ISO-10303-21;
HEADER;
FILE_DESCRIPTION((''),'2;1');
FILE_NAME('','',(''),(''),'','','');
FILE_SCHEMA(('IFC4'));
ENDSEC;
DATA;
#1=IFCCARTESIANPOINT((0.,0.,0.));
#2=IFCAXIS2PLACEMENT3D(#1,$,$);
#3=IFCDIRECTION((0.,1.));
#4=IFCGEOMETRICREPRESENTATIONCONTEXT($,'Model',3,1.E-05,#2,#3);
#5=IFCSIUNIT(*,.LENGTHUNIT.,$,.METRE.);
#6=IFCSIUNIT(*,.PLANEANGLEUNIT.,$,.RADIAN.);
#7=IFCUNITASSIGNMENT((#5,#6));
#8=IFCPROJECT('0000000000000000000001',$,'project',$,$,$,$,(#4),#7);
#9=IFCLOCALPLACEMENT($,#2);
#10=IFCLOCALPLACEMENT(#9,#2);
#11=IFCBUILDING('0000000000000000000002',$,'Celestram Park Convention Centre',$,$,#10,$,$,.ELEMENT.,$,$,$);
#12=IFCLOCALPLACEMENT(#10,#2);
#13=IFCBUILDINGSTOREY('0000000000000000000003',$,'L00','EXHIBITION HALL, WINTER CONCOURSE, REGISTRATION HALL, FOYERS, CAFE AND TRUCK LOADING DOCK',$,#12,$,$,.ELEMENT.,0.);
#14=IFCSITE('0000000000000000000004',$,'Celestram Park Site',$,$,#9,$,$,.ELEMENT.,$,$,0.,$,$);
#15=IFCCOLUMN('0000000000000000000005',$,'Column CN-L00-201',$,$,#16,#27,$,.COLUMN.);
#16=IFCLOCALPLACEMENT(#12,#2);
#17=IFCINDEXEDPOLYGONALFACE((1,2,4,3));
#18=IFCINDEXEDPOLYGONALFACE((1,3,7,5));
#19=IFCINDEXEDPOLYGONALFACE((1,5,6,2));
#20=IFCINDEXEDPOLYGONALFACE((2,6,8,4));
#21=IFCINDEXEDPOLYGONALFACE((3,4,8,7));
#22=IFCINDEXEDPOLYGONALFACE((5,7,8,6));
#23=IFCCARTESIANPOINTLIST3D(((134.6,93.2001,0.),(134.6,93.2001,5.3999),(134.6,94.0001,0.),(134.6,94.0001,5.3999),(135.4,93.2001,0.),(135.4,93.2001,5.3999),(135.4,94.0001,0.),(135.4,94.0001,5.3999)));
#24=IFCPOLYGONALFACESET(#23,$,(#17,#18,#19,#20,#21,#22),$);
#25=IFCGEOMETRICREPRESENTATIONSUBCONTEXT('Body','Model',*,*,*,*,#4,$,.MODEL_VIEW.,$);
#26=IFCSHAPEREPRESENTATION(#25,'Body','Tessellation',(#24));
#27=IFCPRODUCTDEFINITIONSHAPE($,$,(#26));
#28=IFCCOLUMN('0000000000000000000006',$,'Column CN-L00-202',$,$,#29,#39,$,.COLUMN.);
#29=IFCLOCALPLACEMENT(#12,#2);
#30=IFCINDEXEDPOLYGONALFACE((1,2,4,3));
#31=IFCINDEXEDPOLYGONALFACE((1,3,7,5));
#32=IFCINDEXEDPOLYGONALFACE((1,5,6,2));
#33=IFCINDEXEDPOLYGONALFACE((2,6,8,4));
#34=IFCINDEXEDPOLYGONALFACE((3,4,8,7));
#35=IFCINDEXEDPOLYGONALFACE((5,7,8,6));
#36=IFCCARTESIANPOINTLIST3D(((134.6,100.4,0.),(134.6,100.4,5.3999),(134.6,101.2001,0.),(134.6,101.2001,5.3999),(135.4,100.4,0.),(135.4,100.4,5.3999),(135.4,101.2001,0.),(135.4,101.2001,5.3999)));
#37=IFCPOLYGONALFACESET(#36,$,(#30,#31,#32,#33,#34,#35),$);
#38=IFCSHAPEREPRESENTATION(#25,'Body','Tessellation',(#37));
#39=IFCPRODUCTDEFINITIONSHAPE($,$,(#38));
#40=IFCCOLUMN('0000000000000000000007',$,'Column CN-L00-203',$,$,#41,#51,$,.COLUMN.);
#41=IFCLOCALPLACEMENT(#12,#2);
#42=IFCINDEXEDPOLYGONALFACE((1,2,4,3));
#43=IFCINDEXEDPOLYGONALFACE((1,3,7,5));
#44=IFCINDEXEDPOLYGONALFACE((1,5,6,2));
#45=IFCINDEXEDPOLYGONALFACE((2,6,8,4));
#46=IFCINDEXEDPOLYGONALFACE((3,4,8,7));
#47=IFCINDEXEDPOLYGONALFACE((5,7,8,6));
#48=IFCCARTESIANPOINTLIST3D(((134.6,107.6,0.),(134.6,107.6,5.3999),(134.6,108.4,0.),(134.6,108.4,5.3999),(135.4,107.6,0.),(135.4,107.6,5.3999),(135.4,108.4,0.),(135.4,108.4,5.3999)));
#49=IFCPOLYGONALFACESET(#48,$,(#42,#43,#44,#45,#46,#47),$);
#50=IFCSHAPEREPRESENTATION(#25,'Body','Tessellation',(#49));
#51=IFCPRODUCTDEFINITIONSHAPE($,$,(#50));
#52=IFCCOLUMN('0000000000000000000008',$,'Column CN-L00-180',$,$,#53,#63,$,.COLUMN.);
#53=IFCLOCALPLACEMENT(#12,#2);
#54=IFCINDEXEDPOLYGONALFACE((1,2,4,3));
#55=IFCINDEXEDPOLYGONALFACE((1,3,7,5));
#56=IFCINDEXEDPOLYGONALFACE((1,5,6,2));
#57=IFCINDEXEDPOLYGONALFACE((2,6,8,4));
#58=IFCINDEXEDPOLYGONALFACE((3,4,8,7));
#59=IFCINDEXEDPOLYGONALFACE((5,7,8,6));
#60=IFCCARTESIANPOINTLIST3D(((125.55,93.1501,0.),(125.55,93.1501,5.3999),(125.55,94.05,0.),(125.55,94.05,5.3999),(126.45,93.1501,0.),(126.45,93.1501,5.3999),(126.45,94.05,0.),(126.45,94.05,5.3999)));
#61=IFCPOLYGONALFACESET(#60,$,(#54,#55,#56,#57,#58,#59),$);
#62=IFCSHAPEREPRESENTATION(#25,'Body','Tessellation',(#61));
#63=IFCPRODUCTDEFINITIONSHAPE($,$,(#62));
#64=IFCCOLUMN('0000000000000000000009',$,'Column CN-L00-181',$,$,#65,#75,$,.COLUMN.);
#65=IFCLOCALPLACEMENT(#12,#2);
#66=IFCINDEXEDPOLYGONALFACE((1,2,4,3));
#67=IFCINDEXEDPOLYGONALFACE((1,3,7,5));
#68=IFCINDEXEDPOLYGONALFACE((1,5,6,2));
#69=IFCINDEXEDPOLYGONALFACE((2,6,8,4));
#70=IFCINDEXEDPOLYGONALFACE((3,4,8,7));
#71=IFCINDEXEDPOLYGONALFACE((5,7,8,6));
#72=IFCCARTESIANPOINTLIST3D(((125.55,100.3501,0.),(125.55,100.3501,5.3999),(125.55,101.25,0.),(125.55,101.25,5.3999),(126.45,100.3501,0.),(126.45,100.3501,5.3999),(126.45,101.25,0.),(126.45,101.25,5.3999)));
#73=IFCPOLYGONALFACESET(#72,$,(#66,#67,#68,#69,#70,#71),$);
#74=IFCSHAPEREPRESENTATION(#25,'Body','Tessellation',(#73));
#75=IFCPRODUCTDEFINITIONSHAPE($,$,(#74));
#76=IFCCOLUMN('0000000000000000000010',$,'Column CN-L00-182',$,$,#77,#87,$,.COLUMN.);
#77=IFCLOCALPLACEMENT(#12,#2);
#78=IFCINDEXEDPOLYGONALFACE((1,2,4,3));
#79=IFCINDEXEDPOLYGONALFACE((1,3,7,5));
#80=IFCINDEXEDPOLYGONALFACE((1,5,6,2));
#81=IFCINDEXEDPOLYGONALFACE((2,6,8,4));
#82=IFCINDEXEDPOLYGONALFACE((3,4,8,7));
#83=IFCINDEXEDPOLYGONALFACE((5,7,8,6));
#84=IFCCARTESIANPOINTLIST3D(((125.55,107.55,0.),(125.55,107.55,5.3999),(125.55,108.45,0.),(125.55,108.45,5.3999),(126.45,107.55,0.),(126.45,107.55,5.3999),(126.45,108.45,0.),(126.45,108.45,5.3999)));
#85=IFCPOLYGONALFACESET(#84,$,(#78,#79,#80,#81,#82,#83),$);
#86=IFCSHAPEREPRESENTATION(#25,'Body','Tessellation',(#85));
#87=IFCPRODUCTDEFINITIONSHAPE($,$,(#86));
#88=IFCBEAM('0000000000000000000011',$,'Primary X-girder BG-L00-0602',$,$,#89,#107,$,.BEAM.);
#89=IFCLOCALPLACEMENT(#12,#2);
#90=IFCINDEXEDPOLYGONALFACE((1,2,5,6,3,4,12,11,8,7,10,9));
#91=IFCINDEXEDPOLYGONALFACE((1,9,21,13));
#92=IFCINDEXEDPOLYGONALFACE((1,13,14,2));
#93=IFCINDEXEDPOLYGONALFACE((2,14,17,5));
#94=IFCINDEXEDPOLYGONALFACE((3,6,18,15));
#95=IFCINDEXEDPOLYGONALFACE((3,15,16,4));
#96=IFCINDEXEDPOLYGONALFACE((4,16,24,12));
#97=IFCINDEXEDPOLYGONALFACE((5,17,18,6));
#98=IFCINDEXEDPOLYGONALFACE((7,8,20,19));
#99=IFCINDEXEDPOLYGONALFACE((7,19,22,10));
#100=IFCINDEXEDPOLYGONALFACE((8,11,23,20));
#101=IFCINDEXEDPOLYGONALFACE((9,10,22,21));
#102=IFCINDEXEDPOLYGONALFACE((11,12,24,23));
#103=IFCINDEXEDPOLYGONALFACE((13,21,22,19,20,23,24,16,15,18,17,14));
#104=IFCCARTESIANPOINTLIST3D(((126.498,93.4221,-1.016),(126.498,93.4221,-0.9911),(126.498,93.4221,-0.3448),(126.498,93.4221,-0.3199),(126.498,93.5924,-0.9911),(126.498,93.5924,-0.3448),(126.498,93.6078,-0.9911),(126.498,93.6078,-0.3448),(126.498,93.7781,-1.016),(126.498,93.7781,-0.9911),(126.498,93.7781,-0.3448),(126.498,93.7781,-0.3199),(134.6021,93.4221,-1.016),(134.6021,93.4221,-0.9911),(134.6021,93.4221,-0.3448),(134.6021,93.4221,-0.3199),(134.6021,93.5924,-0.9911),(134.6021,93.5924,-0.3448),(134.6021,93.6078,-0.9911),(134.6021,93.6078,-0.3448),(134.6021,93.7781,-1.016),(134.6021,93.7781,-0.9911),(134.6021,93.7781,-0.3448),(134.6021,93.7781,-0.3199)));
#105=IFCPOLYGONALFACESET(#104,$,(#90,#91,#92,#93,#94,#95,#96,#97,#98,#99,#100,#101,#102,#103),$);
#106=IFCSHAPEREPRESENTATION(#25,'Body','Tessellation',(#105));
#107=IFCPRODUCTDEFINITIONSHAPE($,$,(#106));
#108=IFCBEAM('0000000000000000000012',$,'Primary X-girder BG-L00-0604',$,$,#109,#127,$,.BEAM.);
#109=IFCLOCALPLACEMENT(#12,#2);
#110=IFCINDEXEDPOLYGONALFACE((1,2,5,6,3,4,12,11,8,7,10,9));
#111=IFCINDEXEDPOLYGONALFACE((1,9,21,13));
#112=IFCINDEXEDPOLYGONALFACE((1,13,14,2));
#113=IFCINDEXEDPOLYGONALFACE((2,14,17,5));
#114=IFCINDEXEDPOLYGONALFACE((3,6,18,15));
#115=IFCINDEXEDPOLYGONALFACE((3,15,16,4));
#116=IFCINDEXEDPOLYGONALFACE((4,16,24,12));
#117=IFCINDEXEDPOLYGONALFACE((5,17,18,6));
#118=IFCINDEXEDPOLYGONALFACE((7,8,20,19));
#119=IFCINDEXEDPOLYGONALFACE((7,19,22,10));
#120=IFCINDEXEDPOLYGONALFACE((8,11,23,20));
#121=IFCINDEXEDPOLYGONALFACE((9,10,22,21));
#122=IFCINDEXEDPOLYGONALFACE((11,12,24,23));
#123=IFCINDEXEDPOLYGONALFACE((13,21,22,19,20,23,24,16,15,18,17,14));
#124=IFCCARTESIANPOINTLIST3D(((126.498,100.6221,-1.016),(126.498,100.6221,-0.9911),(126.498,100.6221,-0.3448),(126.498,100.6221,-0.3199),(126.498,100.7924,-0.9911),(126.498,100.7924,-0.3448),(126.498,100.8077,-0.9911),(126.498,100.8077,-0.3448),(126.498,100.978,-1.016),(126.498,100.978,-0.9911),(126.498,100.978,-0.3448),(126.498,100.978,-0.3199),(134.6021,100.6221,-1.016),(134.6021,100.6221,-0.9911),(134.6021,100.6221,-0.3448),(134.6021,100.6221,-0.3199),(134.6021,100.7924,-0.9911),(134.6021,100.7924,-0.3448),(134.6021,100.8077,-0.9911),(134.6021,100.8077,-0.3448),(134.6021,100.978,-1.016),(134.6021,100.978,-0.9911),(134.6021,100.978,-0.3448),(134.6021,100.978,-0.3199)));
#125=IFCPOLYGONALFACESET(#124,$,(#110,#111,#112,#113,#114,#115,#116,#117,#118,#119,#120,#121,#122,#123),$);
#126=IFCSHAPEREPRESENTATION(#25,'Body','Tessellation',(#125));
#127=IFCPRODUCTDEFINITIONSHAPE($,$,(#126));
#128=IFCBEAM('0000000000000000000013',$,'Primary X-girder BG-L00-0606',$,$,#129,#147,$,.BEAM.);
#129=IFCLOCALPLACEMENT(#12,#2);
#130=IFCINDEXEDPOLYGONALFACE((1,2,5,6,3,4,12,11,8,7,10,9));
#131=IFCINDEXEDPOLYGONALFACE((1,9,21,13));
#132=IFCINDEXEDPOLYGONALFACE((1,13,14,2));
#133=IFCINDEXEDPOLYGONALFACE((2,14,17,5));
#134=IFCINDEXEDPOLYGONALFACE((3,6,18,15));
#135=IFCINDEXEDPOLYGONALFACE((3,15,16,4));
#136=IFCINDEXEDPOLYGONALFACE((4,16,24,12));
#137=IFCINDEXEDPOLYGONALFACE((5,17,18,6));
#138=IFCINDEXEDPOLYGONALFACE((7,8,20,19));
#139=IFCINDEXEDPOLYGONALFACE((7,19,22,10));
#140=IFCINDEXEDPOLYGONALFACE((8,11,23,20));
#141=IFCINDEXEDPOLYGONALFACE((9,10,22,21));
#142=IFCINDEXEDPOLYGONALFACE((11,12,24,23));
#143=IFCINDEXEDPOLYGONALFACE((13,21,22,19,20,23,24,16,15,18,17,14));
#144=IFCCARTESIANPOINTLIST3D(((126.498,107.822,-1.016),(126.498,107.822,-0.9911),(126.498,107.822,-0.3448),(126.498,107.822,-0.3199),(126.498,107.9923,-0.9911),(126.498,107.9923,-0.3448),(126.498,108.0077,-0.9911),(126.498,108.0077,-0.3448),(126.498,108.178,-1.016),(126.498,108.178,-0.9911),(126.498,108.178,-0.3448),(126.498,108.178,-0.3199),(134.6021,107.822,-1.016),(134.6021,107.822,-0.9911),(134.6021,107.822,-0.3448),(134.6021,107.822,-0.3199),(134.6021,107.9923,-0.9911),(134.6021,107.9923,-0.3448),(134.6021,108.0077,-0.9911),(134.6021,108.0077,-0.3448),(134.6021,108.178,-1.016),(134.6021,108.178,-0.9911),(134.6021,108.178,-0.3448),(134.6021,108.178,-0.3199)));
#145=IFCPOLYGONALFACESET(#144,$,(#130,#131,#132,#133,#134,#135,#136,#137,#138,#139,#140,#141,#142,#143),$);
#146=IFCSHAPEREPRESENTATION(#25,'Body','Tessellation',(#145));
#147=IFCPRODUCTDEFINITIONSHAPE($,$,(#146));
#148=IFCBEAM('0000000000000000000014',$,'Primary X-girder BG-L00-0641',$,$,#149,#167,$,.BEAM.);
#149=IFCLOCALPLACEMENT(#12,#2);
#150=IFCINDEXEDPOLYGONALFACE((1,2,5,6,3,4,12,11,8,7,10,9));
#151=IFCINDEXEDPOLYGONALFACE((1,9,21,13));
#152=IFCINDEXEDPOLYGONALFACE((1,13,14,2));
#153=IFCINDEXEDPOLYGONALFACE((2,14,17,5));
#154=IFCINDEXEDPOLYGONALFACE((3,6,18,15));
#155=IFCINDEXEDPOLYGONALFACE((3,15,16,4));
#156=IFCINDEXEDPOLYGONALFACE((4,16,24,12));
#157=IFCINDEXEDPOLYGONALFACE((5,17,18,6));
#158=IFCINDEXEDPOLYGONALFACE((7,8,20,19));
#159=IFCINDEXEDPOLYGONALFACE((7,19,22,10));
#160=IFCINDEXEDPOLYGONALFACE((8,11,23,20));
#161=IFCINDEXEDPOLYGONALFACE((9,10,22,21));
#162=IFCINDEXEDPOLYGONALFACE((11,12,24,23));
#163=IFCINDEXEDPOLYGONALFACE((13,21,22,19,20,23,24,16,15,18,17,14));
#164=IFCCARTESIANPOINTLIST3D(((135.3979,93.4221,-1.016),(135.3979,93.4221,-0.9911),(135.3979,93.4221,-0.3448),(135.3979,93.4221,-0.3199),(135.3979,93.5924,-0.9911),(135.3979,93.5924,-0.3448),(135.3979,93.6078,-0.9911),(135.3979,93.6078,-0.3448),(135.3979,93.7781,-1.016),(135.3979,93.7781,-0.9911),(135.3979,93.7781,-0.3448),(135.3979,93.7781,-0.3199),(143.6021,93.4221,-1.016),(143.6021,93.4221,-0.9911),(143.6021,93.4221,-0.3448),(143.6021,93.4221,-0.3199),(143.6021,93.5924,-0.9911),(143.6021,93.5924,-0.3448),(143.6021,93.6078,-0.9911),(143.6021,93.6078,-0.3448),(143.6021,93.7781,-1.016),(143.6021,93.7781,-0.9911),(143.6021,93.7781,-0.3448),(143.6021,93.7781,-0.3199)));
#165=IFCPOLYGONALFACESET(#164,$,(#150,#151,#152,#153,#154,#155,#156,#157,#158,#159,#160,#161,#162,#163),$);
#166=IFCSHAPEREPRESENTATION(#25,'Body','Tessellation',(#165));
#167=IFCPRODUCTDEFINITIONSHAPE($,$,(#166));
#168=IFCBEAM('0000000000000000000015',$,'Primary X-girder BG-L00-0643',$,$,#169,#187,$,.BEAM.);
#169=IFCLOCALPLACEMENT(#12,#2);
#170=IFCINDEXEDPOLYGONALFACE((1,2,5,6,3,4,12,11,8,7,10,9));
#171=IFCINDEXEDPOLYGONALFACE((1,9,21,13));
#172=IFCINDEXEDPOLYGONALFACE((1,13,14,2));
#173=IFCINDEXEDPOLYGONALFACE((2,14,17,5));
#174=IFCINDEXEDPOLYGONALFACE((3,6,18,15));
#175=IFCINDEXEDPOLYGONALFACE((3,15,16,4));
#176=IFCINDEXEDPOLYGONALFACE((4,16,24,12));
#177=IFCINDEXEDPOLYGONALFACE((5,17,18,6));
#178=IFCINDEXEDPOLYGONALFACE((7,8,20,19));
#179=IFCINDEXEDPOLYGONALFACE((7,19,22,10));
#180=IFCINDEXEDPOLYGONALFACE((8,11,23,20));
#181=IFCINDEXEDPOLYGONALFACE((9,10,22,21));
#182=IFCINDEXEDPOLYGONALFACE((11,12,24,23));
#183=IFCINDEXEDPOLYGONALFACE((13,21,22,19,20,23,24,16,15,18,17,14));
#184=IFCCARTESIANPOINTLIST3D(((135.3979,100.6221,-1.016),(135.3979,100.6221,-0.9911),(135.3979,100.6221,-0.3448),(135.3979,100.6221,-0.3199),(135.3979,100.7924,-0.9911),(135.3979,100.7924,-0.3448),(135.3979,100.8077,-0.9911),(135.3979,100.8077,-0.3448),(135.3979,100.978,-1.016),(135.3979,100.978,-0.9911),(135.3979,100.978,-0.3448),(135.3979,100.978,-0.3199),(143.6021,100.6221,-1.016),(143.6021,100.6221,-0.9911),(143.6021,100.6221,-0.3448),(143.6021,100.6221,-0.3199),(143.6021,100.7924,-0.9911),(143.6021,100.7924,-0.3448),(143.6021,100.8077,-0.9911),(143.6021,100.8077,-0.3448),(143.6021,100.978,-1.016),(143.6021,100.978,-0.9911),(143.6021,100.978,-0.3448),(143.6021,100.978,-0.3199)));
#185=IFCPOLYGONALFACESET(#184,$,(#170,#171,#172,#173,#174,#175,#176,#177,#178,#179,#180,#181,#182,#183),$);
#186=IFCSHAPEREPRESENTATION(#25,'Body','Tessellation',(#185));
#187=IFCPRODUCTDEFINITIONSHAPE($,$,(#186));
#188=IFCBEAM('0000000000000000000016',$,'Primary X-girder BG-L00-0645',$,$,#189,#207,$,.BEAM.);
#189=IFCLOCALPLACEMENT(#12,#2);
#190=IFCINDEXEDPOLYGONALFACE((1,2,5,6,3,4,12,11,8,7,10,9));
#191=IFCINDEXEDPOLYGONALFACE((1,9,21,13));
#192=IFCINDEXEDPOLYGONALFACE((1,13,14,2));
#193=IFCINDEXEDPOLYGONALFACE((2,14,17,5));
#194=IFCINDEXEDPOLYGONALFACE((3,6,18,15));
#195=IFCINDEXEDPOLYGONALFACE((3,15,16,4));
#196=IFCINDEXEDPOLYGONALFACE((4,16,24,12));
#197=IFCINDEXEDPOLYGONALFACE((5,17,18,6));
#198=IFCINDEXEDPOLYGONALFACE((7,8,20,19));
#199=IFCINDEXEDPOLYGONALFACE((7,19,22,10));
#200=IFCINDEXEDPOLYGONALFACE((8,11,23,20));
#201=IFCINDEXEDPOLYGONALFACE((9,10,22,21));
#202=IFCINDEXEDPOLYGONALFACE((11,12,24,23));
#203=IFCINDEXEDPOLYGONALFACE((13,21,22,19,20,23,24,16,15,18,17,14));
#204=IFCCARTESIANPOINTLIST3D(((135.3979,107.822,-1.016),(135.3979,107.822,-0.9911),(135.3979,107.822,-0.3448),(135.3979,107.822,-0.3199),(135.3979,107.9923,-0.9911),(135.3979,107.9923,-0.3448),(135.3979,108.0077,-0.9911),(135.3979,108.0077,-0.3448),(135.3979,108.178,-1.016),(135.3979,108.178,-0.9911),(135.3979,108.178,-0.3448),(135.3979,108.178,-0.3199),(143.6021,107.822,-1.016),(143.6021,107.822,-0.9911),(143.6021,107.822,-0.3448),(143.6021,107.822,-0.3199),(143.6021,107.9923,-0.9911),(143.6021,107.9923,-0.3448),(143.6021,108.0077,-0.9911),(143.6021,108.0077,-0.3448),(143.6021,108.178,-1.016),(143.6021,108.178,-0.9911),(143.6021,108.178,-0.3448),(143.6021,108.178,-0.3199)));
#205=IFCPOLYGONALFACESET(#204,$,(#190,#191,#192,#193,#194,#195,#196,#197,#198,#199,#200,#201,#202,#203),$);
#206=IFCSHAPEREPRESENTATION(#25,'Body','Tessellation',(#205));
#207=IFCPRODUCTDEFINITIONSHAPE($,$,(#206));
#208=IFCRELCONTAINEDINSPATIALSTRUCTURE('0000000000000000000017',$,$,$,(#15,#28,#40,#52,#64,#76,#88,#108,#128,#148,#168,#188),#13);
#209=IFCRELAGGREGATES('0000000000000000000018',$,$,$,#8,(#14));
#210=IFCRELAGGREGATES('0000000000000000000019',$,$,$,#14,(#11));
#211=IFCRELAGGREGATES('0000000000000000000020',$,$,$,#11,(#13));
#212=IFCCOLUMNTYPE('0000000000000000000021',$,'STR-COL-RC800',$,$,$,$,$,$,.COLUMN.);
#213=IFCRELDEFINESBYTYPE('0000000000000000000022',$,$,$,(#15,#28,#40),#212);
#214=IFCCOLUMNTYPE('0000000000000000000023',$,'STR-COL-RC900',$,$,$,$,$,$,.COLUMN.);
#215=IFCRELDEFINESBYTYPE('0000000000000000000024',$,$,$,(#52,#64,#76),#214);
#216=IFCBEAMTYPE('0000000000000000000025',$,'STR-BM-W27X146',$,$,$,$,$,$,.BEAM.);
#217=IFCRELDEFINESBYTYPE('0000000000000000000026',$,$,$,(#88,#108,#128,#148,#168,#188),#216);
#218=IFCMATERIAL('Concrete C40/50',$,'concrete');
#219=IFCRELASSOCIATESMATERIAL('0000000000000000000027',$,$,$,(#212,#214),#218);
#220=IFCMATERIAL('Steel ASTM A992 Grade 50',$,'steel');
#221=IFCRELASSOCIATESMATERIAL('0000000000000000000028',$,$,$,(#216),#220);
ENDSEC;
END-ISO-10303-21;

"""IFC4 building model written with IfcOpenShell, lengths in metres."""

from ifc_helpers import new_model, si_unit, direction, frame, origin, origin_2d, place, context, subcontext, project, spatial, rectangle, i_section, extrude, material, material_profile, profile_set, type_object, element, save


model = new_model("IFC4")

# Units and contexts
model_context = context("Model", 3, precision=1e-05, world=origin(), true_north=direction((0.0, 1.0)))
body_context = subcontext(model_context, "Body", "Model", "MODEL_VIEW")
ifc_project = project(units=[si_unit("LENGTHUNIT", "METRE"), si_unit("PLANEANGLEUNIT", "RADIAN")], contexts=[model_context])

# Site, building, storey
site_placement = place(None, origin())
site = spatial("IfcSite", under=ifc_project, at=site_placement, Name="Celestram Park Site", CompositionType="ELEMENT", RefElevation=0.0)
building_placement = place(site_placement, origin())
building = spatial("IfcBuilding", under=site, at=building_placement, Name="Celestram Park Convention Centre", CompositionType="ELEMENT")
storey_placement = place(building_placement, origin())
storey = spatial("IfcBuildingStorey", under=building, at=storey_placement, Name="L00", Description="EXHIBITION HALL, WINTER CONCOURSE, REGISTRATION HALL, FOYERS, CAFE AND TRUCK LOADING DOCK", CompositionType="ELEMENT", Elevation=0.0)

# Columns
ifc_material_1 = material(Name="Concrete C40/50", Category="concrete")
ifc_material_profile_1 = material_profile(ifc_material_1, rectangle(XDim=0.8, YDim=0.8, at=origin_2d()), Name="RC800X800")
ifc_profile_set_1 = profile_set([ifc_material_profile_1], Name="Concrete C40/50")
column_type_1 = type_object("IfcColumnType", Name="STR-COL-RC800", PredefinedType="COLUMN", material=ifc_profile_set_1)
for number, where, z_axis, x_axis, name in (
    (1, (135.0, 93.6001, 0.0), (0.0, 0.0, 1.0), (1.0, 0.0, 0.0), "Column CN-L00-201"),
    (2, (135.0, 100.8, 0.0), (0.0, 0.0, 1.0), (1.0, 0.0, 0.0), "Column CN-L00-202"),
    (3, (135.0, 108.0, 0.0), (0.0, 0.0, 1.0), (1.0, 0.0, 0.0), "Column CN-L00-203"),
):
    element("IfcColumn", number, at=place(storey_placement, frame(where, z_axis=z_axis, x_axis=x_axis)), inside=storey, type_object=column_type_1, Name=name, PredefinedType="COLUMN", context=body_context, shape_type="SweptSolid", body=[
        extrude(rectangle(XDim=0.8, YDim=0.8, at=origin_2d()), origin(), (0.0, 0.0, 1.0), 5.3999),
    ])
ifc_material_profile_2 = material_profile(ifc_material_1, rectangle(XDim=0.8999, YDim=0.8999, at=origin_2d()), Name="RC900X900")
ifc_profile_set_2 = profile_set([ifc_material_profile_2], Name="Concrete C40/50")
column_type_2 = type_object("IfcColumnType", Name="STR-COL-RC900", PredefinedType="COLUMN", material=ifc_profile_set_2)
for number, where, z_axis, x_axis, name in (
    (4, (126.0, 93.6001, 0.0), (0.0, 0.0, 1.0), (1.0, 0.0, 0.0), "Column CN-L00-180"),
    (5, (126.0, 100.8, 0.0), (0.0, 0.0, 1.0), (1.0, 0.0, 0.0), "Column CN-L00-181"),
    (6, (126.0, 108.0, 0.0), (0.0, 0.0, 1.0), (1.0, 0.0, 0.0), "Column CN-L00-182"),
):
    element("IfcColumn", number, at=place(storey_placement, frame(where, z_axis=z_axis, x_axis=x_axis)), inside=storey, type_object=column_type_2, Name=name, PredefinedType="COLUMN", context=body_context, shape_type="SweptSolid", body=[
        extrude(rectangle(XDim=0.8999, YDim=0.8999, at=origin_2d()), origin(), (0.0, 0.0, 1.0), 5.3999),
    ])

# Beams
ifc_material_2 = material(Name="Steel ASTM A992 Grade 50", Category="steel")
ifc_material_profile_3 = material_profile(ifc_material_2, i_section(OverallWidth=0.356, OverallDepth=0.696, WebThickness=0.0154, FlangeThickness=0.0249, at=origin_2d()), Name="W27X146")
ifc_profile_set_3 = profile_set([ifc_material_profile_3], Name="Steel ASTM A992 Grade 50")
beam_type_1 = type_object("IfcBeamType", Name="STR-BM-W27X146", PredefinedType="BEAM", material=ifc_profile_set_3)
for number, where, z_axis, x_axis, name in (
    (7, (126.498, 93.6001, -0.668), (1.0, 0.0, 0.0), (0.0, 1.0, 0.0), "Primary X-girder BG-L00-0602"),
    (8, (126.498, 100.8, -0.668), (1.0, 0.0, 0.0), (0.0, 1.0, 0.0), "Primary X-girder BG-L00-0604"),
    (9, (126.498, 108.0, -0.668), (1.0, 0.0, 0.0), (0.0, 1.0, 0.0), "Primary X-girder BG-L00-0606"),
):
    element("IfcBeam", number, at=place(storey_placement, frame(where, z_axis=z_axis, x_axis=x_axis)), inside=storey, type_object=beam_type_1, Name=name, PredefinedType="BEAM", context=body_context, shape_type="SweptSolid", body=[
        extrude(i_section(OverallWidth=0.356, OverallDepth=0.696, WebThickness=0.0154, FlangeThickness=0.0249, at=origin_2d()), origin(), (0.0, 0.0, 1.0), 8.104),
    ])
for number, where, z_axis, x_axis, name in (
    (10, (135.3979, 93.6001, -0.668), (1.0, 0.0, 0.0), (0.0, 1.0, 0.0), "Primary X-girder BG-L00-0641"),
    (11, (135.3979, 100.8, -0.668), (1.0, 0.0, 0.0), (0.0, 1.0, 0.0), "Primary X-girder BG-L00-0643"),
    (12, (135.3979, 108.0, -0.668), (1.0, 0.0, 0.0), (0.0, 1.0, 0.0), "Primary X-girder BG-L00-0645"),
):
    element("IfcBeam", number, at=place(storey_placement, frame(where, z_axis=z_axis, x_axis=x_axis)), inside=storey, type_object=beam_type_1, Name=name, PredefinedType="BEAM", context=body_context, shape_type="SweptSolid", body=[
        extrude(i_section(OverallWidth=0.356, OverallDepth=0.696, WebThickness=0.0154, FlangeThickness=0.0249, at=origin_2d()), origin(), (0.0, 0.0, 1.0), 8.2041),
    ])

save(model, "model.ifc")
